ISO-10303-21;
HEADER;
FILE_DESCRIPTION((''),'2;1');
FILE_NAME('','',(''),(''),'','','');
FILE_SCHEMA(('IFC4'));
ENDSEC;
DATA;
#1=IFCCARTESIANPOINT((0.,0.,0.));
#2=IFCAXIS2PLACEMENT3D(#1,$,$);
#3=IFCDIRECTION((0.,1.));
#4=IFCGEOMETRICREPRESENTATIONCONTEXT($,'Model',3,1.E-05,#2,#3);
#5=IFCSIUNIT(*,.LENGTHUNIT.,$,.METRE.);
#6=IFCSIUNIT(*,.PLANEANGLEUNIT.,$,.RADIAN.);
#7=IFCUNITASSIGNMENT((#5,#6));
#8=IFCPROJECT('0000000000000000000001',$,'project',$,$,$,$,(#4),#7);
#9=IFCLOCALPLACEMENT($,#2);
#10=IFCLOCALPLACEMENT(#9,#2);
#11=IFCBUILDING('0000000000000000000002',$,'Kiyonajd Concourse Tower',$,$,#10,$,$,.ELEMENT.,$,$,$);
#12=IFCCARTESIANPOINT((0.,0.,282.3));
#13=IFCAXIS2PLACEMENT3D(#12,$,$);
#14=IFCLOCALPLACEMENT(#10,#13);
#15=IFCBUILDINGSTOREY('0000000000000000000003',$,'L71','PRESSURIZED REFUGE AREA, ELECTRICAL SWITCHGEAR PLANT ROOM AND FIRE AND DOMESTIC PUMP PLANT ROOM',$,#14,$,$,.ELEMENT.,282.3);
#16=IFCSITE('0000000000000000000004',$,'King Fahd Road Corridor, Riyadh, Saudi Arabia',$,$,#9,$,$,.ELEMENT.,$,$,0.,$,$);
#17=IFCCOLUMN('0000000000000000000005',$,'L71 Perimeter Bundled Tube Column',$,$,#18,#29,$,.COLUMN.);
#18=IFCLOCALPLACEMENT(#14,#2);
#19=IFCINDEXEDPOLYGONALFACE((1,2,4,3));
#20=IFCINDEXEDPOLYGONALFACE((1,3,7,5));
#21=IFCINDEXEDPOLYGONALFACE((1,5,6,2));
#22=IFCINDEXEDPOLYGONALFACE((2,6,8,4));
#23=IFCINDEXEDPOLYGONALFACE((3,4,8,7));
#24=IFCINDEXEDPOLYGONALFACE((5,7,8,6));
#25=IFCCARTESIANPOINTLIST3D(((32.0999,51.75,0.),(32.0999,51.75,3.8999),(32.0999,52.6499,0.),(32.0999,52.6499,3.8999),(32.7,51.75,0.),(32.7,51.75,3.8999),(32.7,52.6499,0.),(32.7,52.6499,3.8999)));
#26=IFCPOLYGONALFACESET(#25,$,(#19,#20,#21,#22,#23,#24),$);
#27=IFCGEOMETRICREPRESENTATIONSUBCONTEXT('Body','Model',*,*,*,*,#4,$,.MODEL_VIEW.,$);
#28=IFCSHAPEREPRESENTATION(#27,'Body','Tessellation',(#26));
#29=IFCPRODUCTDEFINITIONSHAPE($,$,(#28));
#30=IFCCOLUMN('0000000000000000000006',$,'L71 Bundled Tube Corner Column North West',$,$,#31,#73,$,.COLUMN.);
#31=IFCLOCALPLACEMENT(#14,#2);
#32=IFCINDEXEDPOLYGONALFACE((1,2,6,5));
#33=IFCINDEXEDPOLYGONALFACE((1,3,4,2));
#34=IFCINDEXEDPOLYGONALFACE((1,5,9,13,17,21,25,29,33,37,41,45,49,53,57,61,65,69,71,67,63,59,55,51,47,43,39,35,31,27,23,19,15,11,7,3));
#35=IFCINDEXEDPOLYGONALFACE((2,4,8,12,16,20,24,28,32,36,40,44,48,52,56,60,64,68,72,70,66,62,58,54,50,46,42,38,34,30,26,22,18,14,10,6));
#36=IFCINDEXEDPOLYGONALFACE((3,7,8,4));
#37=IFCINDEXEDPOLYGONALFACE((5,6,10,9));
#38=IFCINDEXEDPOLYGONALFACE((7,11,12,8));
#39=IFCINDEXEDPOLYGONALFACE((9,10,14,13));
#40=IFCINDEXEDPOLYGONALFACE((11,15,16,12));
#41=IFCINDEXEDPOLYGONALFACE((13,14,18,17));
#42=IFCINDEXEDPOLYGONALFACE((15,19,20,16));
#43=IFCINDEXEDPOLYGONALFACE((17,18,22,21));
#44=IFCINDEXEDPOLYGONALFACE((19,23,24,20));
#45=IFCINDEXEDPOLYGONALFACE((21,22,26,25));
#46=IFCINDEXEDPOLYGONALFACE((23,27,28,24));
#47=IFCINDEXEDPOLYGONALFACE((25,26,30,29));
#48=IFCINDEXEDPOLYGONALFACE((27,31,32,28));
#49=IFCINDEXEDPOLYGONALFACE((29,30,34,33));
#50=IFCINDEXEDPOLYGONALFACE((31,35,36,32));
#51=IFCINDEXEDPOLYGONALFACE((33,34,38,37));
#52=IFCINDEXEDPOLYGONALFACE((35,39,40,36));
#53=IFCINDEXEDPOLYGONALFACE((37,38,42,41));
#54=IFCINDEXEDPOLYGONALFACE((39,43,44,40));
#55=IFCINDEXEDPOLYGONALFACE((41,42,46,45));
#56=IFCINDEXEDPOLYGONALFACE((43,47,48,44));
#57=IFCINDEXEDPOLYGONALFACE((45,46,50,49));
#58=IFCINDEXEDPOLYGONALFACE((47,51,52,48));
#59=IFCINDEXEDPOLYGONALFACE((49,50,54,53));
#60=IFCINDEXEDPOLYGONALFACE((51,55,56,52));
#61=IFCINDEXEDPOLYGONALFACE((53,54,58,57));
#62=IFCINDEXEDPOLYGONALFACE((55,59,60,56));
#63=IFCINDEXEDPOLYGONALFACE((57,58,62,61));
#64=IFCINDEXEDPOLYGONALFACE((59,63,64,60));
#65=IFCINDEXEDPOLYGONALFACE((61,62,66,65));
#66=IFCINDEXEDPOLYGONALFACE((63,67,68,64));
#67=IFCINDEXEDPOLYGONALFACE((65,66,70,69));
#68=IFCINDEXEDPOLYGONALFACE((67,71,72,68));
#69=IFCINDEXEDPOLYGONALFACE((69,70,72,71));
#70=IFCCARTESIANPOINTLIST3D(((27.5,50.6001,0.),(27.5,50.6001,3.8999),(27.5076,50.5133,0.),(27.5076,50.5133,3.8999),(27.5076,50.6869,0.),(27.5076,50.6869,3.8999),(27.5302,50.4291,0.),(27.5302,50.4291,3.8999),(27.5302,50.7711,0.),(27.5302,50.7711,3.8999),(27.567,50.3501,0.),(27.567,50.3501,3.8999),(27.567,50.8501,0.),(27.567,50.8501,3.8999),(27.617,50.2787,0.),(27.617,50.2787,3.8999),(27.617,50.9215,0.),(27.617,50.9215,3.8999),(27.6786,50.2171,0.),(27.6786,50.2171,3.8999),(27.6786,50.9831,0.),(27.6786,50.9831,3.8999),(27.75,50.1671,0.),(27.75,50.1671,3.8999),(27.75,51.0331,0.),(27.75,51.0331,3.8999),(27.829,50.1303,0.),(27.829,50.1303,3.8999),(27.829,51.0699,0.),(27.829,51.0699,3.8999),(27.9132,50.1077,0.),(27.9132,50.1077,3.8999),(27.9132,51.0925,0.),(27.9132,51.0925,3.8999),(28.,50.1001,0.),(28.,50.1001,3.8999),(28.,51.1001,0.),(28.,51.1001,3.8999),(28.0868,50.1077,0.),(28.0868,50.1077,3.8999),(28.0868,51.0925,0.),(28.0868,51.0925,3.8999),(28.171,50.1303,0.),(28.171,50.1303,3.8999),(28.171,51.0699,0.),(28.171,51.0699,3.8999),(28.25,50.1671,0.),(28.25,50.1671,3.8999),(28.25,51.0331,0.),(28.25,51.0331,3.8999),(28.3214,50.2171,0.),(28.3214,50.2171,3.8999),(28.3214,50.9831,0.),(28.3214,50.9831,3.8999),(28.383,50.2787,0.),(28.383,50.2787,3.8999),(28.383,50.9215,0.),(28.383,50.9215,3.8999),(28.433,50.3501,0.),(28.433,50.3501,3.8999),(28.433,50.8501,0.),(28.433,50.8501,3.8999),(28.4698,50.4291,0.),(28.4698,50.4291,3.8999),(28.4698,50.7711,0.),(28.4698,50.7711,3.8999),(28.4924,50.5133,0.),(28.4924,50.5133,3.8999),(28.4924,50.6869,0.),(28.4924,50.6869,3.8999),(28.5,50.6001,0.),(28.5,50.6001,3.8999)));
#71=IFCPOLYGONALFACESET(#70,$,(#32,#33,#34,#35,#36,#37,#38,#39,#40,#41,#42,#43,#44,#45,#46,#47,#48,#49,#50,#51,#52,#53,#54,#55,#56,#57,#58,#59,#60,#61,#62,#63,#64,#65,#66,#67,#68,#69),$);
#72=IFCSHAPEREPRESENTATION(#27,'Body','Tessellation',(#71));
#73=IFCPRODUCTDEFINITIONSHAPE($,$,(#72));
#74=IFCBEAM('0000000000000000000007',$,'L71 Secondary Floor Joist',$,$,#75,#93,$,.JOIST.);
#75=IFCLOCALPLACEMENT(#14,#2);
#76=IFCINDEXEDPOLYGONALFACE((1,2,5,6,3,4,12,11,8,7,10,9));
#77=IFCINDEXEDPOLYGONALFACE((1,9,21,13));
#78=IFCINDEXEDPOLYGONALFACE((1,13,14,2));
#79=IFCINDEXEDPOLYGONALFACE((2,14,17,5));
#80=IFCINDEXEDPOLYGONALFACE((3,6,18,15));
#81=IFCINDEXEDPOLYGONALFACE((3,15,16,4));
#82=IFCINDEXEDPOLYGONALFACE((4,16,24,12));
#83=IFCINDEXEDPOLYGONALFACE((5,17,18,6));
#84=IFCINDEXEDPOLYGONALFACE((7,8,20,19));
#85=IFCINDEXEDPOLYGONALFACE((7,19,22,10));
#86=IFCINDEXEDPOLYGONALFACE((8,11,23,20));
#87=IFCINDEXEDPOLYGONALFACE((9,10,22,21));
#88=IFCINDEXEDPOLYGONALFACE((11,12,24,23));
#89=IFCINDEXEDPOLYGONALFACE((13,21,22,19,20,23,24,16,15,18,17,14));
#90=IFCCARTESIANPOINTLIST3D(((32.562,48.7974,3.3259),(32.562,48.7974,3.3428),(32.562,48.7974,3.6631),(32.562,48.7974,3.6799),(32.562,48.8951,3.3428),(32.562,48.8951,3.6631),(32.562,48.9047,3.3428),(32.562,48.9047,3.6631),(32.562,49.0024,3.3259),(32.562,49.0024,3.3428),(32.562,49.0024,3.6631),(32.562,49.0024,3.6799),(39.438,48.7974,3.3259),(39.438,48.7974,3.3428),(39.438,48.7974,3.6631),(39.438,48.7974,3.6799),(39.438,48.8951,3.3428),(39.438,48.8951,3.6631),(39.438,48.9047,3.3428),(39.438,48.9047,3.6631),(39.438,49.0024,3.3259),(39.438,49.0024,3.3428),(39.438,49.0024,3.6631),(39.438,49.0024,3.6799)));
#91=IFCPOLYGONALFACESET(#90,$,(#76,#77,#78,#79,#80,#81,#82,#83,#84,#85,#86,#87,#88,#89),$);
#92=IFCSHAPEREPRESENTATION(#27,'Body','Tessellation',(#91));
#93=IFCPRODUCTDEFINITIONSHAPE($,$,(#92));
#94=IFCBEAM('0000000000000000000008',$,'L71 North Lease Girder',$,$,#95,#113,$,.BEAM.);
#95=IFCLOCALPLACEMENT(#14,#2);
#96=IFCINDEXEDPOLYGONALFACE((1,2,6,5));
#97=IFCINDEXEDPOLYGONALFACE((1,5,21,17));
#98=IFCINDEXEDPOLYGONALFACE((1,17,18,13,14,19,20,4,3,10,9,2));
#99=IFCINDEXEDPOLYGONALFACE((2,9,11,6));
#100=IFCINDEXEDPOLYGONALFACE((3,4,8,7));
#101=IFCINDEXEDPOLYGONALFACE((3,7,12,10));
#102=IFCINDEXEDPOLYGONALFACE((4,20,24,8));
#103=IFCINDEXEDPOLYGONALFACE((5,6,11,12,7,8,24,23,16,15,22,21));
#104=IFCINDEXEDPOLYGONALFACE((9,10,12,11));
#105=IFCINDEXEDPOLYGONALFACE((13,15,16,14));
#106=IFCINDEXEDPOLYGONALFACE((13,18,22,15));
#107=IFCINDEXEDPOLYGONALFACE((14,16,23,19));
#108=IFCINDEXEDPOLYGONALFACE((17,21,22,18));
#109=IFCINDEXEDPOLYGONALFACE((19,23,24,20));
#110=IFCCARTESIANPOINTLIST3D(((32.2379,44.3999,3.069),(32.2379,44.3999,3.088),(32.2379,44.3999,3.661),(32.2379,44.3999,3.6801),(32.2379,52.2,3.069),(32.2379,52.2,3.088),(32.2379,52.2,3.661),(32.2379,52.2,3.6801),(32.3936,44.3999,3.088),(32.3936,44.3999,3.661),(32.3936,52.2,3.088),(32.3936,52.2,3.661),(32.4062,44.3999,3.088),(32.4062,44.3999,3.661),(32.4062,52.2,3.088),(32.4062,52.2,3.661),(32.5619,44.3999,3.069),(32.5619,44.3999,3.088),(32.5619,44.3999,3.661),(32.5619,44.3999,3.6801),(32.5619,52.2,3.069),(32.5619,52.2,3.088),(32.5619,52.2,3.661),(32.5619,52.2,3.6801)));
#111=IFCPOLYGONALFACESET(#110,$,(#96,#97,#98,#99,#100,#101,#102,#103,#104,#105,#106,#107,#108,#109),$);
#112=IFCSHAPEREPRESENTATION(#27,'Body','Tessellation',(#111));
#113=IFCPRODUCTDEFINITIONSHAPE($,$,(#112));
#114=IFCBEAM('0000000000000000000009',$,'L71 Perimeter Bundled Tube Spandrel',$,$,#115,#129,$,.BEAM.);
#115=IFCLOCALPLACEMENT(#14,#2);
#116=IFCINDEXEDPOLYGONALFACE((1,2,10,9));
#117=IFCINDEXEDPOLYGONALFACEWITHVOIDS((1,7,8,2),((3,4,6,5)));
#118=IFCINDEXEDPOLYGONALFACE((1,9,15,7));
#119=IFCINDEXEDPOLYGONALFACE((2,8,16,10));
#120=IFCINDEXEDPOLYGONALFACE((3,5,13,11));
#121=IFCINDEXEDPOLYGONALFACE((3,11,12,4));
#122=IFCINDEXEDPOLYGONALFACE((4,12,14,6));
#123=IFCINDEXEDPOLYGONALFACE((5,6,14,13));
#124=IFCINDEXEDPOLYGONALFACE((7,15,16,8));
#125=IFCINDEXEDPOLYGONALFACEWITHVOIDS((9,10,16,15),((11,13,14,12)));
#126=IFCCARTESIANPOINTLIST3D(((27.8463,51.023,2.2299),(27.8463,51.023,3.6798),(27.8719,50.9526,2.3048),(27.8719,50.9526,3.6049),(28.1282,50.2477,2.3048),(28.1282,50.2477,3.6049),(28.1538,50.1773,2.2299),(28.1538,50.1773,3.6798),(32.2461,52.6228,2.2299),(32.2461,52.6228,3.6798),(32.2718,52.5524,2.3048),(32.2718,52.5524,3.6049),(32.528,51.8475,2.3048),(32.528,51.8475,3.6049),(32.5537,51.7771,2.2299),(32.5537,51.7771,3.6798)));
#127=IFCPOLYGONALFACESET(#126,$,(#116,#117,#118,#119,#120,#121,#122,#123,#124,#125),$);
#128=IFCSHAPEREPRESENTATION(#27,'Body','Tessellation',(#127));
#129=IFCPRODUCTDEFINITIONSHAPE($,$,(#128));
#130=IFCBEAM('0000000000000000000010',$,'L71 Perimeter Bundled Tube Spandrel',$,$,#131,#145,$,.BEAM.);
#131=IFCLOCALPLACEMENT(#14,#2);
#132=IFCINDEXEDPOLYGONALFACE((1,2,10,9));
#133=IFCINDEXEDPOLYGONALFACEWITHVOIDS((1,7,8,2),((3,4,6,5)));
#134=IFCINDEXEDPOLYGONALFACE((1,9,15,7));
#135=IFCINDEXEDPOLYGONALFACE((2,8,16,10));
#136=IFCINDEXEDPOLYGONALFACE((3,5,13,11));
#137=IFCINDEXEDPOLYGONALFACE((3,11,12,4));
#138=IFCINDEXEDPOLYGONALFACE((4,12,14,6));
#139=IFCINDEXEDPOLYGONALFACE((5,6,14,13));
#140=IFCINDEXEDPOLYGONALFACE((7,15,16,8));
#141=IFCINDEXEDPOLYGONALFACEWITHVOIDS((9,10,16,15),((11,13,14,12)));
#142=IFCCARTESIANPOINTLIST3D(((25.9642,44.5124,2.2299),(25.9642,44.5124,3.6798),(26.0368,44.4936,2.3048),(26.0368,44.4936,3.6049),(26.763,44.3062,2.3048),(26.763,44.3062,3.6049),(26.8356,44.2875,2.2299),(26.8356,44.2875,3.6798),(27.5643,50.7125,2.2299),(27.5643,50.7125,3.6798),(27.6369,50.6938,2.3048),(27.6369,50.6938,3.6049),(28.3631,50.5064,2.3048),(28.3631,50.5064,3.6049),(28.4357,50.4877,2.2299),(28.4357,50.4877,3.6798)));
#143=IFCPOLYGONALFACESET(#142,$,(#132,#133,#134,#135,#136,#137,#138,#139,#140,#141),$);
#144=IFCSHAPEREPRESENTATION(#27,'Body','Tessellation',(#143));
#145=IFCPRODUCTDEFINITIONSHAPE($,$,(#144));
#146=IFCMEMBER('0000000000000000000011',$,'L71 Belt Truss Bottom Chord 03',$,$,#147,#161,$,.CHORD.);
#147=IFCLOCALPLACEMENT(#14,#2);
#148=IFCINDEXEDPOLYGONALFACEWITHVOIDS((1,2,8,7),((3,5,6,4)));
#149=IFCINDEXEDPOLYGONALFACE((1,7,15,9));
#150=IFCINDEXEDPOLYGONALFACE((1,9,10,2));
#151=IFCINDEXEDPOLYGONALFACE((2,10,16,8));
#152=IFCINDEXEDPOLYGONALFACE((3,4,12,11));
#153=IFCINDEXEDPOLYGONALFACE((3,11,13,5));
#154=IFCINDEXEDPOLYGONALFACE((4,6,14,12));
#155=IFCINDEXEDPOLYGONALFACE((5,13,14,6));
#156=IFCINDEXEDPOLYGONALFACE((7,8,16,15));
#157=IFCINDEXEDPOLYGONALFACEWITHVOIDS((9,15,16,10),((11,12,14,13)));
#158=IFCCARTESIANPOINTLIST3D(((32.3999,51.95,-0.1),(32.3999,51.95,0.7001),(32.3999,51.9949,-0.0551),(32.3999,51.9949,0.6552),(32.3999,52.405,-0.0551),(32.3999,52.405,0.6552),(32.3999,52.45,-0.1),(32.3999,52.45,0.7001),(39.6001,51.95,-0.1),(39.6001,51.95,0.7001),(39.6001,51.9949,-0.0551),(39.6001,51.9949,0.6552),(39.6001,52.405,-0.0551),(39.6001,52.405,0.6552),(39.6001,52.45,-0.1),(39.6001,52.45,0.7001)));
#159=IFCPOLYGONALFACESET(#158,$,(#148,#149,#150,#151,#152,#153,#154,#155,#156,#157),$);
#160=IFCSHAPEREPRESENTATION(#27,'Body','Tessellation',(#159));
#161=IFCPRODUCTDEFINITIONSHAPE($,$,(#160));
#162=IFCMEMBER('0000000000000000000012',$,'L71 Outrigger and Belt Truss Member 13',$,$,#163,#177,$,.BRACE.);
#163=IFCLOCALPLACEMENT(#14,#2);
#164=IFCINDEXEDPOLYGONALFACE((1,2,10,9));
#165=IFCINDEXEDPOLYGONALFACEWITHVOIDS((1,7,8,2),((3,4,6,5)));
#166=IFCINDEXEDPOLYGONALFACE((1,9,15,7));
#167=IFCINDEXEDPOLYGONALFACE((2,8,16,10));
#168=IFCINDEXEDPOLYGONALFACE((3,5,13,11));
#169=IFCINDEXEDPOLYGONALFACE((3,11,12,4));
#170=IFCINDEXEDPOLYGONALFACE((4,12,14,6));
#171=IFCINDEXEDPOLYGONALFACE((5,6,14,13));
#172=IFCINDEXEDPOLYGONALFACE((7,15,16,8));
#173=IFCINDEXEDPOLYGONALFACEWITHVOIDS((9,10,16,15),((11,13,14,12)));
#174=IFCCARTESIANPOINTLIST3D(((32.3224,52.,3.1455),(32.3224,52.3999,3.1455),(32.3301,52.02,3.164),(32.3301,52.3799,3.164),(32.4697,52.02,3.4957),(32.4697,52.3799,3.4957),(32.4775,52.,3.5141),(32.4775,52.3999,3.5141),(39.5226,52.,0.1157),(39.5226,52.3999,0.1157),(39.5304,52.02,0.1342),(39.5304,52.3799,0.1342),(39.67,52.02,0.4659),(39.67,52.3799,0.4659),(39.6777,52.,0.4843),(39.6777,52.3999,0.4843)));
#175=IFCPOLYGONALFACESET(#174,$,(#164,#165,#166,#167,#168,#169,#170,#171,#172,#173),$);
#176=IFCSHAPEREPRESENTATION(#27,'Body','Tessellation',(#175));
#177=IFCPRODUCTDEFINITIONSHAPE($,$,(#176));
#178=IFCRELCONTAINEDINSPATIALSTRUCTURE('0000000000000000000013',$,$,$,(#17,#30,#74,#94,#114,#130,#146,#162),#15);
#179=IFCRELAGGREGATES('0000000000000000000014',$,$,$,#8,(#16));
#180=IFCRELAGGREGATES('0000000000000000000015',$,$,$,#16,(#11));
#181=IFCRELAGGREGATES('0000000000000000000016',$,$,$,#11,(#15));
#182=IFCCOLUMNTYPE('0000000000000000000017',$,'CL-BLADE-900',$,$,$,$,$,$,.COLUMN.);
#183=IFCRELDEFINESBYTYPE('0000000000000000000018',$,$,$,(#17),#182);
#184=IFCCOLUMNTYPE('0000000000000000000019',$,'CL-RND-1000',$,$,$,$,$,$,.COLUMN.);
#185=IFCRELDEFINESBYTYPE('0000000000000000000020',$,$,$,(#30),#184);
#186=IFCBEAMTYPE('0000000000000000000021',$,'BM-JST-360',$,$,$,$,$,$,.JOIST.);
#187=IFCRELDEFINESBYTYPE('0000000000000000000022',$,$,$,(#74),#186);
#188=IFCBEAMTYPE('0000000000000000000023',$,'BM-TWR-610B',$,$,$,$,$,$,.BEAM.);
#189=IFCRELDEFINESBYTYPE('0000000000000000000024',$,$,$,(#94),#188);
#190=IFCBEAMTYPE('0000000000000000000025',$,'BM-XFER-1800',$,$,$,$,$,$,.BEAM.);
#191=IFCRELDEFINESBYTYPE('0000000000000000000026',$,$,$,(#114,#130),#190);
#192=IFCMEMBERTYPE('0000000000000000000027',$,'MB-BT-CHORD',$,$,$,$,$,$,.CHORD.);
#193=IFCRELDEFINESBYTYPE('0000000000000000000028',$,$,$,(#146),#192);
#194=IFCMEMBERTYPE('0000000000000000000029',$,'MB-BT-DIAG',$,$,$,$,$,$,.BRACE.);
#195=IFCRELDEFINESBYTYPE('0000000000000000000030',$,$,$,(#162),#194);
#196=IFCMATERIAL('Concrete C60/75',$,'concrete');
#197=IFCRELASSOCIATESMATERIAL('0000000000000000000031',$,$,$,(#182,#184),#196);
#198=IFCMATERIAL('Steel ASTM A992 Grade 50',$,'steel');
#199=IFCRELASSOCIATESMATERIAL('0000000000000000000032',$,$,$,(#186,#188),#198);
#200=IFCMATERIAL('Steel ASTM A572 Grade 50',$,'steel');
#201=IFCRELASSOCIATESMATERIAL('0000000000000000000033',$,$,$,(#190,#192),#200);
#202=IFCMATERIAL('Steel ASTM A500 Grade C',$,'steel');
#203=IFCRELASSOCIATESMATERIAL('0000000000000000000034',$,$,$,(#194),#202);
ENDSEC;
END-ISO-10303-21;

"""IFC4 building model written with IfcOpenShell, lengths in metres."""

from ifc_helpers import new_model, si_unit, direction, frame, origin, origin_2d, place, context, subcontext, project, spatial, rectangle, hollow_rectangle, circle, i_section, extrude, material, material_profile, profile_set, type_object, element, save


model = new_model("IFC4")

# Units and contexts
model_context = context("Model", 3, precision=1e-05, world=origin(), true_north=direction((0.0, 1.0)))
body_context = subcontext(model_context, "Body", "Model", "MODEL_VIEW")
ifc_project = project(units=[si_unit("LENGTHUNIT", "METRE"), si_unit("PLANEANGLEUNIT", "RADIAN")], contexts=[model_context])

# Site, building, storey
site_placement = place(None, origin())
site = spatial("IfcSite", under=ifc_project, at=site_placement, Name="King Fahd Road Corridor, Riyadh, Saudi Arabia", CompositionType="ELEMENT", RefElevation=0.0)
building_placement = place(site_placement, origin())
building = spatial("IfcBuilding", under=site, at=building_placement, Name="Kiyonajd Concourse Tower", CompositionType="ELEMENT")
storey_placement = place(building_placement, frame((0.0, 0.0, 282.3)))
storey = spatial("IfcBuildingStorey", under=building, at=storey_placement, Name="L71", Description="PRESSURIZED REFUGE AREA, ELECTRICAL SWITCHGEAR PLANT ROOM AND FIRE AND DOMESTIC PUMP PLANT ROOM", CompositionType="ELEMENT", Elevation=282.3)

# Columns
ifc_material_1 = material(Name="Concrete C60/75", Category="concrete")
ifc_material_profile_1 = material_profile(ifc_material_1, rectangle(XDim=0.6001, YDim=0.8999, at=origin_2d()), Name="RC-900x600")
ifc_profile_set_1 = profile_set([ifc_material_profile_1], Name="Concrete C60/75")
column_type_1 = type_object("IfcColumnType", Name="CL-BLADE-900", PredefinedType="COLUMN", material=ifc_profile_set_1)
column_1_placement = place(storey_placement, frame((32.3999, 52.2, 0.0), z_axis=(0.0, 0.0, 1.0), x_axis=(1.0, 0.0, 0.0)))
element("IfcColumn", 1, at=column_1_placement, inside=storey, type_object=column_type_1, Name="L71 Perimeter Bundled Tube Column", PredefinedType="COLUMN", context=body_context, shape_type="SweptSolid", body=[
    extrude(rectangle(XDim=0.6001, YDim=0.8999, at=origin_2d()), origin(), (0.0, 0.0, 1.0), 3.8999),
])
ifc_material_profile_2 = material_profile(ifc_material_1, circle(Radius=0.5, at=origin_2d()), Name="RCC-D1000")
ifc_profile_set_2 = profile_set([ifc_material_profile_2], Name="Concrete C60/75")
column_type_2 = type_object("IfcColumnType", Name="CL-RND-1000", PredefinedType="COLUMN", material=ifc_profile_set_2)
column_2_placement = place(storey_placement, frame((28.0, 50.6001, 0.0), z_axis=(0.0, 0.0, 1.0), x_axis=(1.0, 0.0, 0.0)))
element("IfcColumn", 2, at=column_2_placement, inside=storey, type_object=column_type_2, Name="L71 Bundled Tube Corner Column North West", PredefinedType="COLUMN", context=body_context, shape_type="SweptSolid", body=[
    extrude(circle(Radius=0.5, at=origin_2d()), origin(), (0.0, 0.0, 1.0), 3.8999),
])

# Beams
ifc_material_2 = material(Name="Steel ASTM A992 Grade 50", Category="steel")
ifc_material_profile_3 = material_profile(ifc_material_2, i_section(OverallWidth=0.2051, OverallDepth=0.354, WebThickness=0.0095, FlangeThickness=0.0168, at=origin_2d()), Name="W360X79")
ifc_profile_set_3 = profile_set([ifc_material_profile_3], Name="Steel ASTM A992 Grade 50")
beam_type_1 = type_object("IfcBeamType", Name="BM-JST-360", PredefinedType="JOIST", material=ifc_profile_set_3)
beam_1_placement = place(storey_placement, frame((32.562, 48.8999, 3.5029), z_axis=(1.0, 0.0, 0.0), x_axis=(0.0, 1.0, 0.0)))
element("IfcBeam", 3, at=beam_1_placement, inside=storey, type_object=beam_type_1, Name="L71 Secondary Floor Joist", PredefinedType="JOIST", context=body_context, shape_type="SweptSolid", body=[
    extrude(i_section(OverallWidth=0.2051, OverallDepth=0.354, WebThickness=0.0095, FlangeThickness=0.0168, at=origin_2d()), origin(), (0.0, 0.0, 1.0), 6.876),
])
ifc_material_profile_4 = material_profile(ifc_material_2, i_section(OverallWidth=0.324, OverallDepth=0.6111, WebThickness=0.0127, FlangeThickness=0.019, at=origin_2d()), Name="W610X155")
ifc_profile_set_4 = profile_set([ifc_material_profile_4], Name="Steel ASTM A992 Grade 50")
beam_type_2 = type_object("IfcBeamType", Name="BM-TWR-610B", PredefinedType="BEAM", material=ifc_profile_set_4)
beam_2_placement = place(storey_placement, frame((32.3999, 44.3999, 3.3745), z_axis=(0.0, 1.0, 0.0), x_axis=(-1.0, 0.0, 0.0)))
element("IfcBeam", 4, at=beam_2_placement, inside=storey, type_object=beam_type_2, Name="L71 North Lease Girder", PredefinedType="BEAM", context=body_context, shape_type="SweptSolid", body=[
    extrude(i_section(OverallWidth=0.324, OverallDepth=0.6111, WebThickness=0.0127, FlangeThickness=0.019, at=origin_2d()), origin(), (0.0, 0.0, 1.0), 7.8),
])
ifc_material_3 = material(Name="Steel ASTM A572 Grade 50", Category="steel")
ifc_material_profile_5 = material_profile(ifc_material_3, hollow_rectangle(XDim=0.8999, YDim=1.45, WallThickness=0.075, at=origin_2d()), Name="BOX-1450x900x75")
ifc_profile_set_5 = profile_set([ifc_material_profile_5], Name="Steel ASTM A572 Grade 50")
beam_type_3 = type_object("IfcBeamType", Name="BM-XFER-1800", PredefinedType="BEAM", material=ifc_profile_set_5)
beam_3_placement = place(storey_placement, frame((32.3999, 52.2, 2.9548), z_axis=(-0.939801, -0.341722, 0.0), x_axis=(0.341722, -0.939801, 0.0)))
element("IfcBeam", 5, at=beam_3_placement, inside=storey, type_object=beam_type_3, Name="L71 Perimeter Bundled Tube Spandrel", PredefinedType="BEAM", context=body_context, shape_type="SweptSolid", body=[
    extrude(hollow_rectangle(XDim=0.8999, YDim=1.45, WallThickness=0.075, at=origin_2d()), origin(), (0.0, 0.0, 1.0), 4.6816),
])
beam_4_placement = place(storey_placement, frame((28.0, 50.6001, 2.9548), z_axis=(-0.249885, -0.968276, 0.0), x_axis=(0.968276, -0.249885, 0.0)))
element("IfcBeam", 6, at=beam_4_placement, inside=storey, type_object=beam_type_3, Name="L71 Perimeter Bundled Tube Spandrel", PredefinedType="BEAM", context=body_context, shape_type="SweptSolid", body=[
    extrude(hollow_rectangle(XDim=0.8999, YDim=1.45, WallThickness=0.075, at=origin_2d()), origin(), (0.0, 0.0, 1.0), 6.4033),
])

# Members
ifc_material_profile_6 = material_profile(ifc_material_3, hollow_rectangle(XDim=0.5, YDim=0.8, WallThickness=0.0449, at=origin_2d()), Name="BOX-800x500x45")
ifc_profile_set_6 = profile_set([ifc_material_profile_6], Name="Steel ASTM A572 Grade 50")
member_type_1 = type_object("IfcMemberType", Name="MB-BT-CHORD", PredefinedType="CHORD", material=ifc_profile_set_6)
member_1_placement = place(storey_placement, frame((32.3999, 52.2, 0.3), z_axis=(1.0, 0.0, 0.0), x_axis=(0.0, 1.0, 0.0)))
element("IfcMember", 7, at=member_1_placement, inside=storey, type_object=member_type_1, Name="L71 Belt Truss Bottom Chord 03", PredefinedType="CHORD", context=body_context, shape_type="SweptSolid", body=[
    extrude(hollow_rectangle(XDim=0.5, YDim=0.8, WallThickness=0.0449, at=origin_2d()), origin(), (0.0, 0.0, 1.0), 7.2002),
])
ifc_material_4 = material(Name="Steel ASTM A500 Grade C", Category="steel")
ifc_material_profile_7 = material_profile(ifc_material_4, hollow_rectangle(XDim=0.3999, YDim=0.3999, WallThickness=0.02, at=origin_2d()), Name="HSS-400x400x20")
ifc_profile_set_7 = profile_set([ifc_material_profile_7], Name="Steel ASTM A500 Grade C")
member_type_2 = type_object("IfcMemberType", Name="MB-BT-DIAG", PredefinedType="BRACE", material=ifc_profile_set_7)
member_2_placement = place(storey_placement, frame((32.3999, 52.2, 3.3298), z_axis=(0.921721, 0.0, -0.387853), x_axis=(0.0, 1.0, 0.0)))
element("IfcMember", 8, at=member_2_placement, inside=storey, type_object=member_type_2, Name="L71 Outrigger and Belt Truss Member 13", PredefinedType="BRACE", context=body_context, shape_type="SweptSolid", body=[
    extrude(hollow_rectangle(XDim=0.3999, YDim=0.3999, WallThickness=0.02, at=origin_2d()), origin(), (0.0, 0.0, 1.0), 7.8118),
])

save(model, "model.ifc")
